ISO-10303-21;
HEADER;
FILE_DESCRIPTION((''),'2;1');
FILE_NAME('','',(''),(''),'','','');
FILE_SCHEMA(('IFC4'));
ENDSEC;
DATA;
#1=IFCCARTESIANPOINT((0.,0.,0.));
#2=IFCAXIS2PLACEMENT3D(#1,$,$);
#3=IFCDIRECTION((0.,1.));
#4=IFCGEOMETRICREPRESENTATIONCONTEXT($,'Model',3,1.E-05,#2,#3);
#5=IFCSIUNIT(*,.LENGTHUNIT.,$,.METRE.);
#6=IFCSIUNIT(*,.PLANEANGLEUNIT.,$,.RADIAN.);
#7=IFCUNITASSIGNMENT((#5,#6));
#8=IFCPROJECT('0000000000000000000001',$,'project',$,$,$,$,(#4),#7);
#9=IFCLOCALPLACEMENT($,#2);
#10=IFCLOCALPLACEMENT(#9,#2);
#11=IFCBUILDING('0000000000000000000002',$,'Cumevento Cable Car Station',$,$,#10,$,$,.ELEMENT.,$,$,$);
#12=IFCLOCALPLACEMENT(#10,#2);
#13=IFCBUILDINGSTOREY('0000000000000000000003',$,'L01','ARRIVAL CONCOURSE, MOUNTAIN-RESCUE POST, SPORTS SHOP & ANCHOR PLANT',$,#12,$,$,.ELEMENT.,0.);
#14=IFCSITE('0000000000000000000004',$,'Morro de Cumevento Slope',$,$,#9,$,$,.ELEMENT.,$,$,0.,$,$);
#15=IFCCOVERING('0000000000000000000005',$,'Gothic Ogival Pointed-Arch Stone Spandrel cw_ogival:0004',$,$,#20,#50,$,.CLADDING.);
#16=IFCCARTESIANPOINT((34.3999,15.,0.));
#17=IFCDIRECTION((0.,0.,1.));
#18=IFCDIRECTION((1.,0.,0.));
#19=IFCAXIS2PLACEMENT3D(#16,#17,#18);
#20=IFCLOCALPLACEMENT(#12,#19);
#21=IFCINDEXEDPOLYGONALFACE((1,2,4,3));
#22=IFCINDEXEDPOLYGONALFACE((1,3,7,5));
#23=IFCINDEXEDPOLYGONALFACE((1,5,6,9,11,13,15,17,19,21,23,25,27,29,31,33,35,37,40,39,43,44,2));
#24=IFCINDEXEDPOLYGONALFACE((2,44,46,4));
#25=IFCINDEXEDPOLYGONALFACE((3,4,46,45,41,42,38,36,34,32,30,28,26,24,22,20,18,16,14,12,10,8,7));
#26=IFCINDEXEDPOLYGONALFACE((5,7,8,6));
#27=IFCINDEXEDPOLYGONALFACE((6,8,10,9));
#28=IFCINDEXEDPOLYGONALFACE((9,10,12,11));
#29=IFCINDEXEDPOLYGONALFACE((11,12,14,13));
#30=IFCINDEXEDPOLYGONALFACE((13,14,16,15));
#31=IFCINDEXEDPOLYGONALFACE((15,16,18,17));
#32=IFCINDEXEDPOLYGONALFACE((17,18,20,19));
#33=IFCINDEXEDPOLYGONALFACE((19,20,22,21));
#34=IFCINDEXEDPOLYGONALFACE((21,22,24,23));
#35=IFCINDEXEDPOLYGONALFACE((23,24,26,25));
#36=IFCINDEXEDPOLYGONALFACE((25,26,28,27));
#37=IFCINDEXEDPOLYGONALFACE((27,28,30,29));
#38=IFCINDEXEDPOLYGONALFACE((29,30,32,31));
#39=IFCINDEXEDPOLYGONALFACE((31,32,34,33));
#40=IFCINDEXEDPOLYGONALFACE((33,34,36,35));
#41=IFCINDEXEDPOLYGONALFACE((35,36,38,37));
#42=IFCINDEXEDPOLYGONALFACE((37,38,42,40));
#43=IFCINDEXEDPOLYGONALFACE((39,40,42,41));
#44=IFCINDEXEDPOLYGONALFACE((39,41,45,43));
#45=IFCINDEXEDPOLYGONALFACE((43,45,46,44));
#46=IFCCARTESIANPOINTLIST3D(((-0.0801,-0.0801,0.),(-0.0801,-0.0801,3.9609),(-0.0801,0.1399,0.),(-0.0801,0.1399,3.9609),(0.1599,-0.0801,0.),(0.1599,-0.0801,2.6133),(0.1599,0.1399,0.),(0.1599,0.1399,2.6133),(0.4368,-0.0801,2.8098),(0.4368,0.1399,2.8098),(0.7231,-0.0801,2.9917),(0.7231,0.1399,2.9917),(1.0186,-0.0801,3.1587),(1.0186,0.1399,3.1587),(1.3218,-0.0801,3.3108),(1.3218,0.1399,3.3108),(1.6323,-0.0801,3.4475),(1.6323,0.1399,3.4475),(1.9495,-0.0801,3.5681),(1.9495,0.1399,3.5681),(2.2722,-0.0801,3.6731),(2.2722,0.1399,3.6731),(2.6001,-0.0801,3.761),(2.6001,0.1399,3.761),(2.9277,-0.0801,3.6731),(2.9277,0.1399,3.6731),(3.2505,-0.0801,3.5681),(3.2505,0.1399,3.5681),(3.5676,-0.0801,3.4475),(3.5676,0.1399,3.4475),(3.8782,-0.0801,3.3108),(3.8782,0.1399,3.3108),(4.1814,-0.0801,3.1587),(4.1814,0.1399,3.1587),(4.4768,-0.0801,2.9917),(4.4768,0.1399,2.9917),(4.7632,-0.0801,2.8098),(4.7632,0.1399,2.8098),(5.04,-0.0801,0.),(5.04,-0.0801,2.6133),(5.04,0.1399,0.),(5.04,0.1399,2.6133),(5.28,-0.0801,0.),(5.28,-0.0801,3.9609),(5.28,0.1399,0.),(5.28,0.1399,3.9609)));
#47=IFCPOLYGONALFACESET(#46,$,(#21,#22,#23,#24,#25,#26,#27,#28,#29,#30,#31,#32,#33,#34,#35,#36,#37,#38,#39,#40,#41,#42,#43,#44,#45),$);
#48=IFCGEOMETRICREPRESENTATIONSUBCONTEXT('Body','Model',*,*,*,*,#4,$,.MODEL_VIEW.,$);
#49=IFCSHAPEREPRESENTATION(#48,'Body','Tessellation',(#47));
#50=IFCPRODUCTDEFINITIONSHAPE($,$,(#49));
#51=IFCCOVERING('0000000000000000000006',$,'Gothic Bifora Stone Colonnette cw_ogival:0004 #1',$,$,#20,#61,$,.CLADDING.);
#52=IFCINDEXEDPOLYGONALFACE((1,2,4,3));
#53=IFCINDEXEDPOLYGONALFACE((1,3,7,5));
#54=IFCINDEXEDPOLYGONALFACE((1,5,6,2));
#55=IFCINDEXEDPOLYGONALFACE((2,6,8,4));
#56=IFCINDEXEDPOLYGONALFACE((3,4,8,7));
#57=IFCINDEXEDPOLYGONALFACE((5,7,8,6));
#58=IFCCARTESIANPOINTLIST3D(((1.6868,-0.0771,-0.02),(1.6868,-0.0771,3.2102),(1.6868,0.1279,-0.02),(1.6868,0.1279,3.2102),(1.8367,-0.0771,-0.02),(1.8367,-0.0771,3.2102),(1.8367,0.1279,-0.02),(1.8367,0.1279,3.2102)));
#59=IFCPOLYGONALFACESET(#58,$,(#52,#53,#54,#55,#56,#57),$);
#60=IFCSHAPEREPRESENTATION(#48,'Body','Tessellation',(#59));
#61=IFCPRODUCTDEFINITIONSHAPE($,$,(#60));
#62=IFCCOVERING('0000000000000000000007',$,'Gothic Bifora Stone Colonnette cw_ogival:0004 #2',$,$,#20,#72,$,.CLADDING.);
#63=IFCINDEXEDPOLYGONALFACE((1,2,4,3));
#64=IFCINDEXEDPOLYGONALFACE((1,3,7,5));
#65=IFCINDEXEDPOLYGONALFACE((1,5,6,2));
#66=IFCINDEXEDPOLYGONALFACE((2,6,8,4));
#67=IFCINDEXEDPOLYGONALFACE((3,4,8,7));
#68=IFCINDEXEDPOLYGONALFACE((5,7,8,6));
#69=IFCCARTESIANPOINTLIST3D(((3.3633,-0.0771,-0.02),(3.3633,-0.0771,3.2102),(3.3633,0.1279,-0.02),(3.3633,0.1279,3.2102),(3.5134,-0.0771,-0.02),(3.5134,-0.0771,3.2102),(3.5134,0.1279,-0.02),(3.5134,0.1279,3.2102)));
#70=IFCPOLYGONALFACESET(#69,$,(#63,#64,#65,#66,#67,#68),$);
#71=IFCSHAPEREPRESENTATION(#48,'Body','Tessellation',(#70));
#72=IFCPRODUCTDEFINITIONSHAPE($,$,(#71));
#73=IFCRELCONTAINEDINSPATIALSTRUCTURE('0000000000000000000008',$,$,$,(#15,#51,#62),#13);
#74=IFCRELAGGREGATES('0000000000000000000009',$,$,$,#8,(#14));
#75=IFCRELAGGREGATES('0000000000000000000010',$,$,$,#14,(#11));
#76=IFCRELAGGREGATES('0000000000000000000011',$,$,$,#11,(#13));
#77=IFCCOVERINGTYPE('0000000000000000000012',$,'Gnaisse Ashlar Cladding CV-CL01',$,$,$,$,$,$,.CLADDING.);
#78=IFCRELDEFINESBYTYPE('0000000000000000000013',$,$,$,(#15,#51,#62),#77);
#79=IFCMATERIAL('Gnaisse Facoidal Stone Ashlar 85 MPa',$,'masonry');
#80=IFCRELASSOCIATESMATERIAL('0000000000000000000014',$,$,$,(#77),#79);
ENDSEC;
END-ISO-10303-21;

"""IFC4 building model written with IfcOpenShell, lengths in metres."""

from ifc_helpers import new_model, si_unit, direction, frame, origin, place, context, subcontext, project, spatial, polyline, outline, extrude, material, type_object, element, save


model = new_model("IFC4")

# Units and contexts
model_context = context("Model", 3, precision=1e-05, world=origin(), true_north=direction((0.0, 1.0)))
body_context = subcontext(model_context, "Body", "Model", "MODEL_VIEW")
ifc_project = project(units=[si_unit("LENGTHUNIT", "METRE"), si_unit("PLANEANGLEUNIT", "RADIAN")], contexts=[model_context])

# Site, building, storey
site_placement = place(None, origin())
site = spatial("IfcSite", under=ifc_project, at=site_placement, Name="Morro de Cumevento Slope", CompositionType="ELEMENT", RefElevation=0.0)
building_placement = place(site_placement, origin())
building = spatial("IfcBuilding", under=site, at=building_placement, Name="Cumevento Cable Car Station", CompositionType="ELEMENT")
storey_placement = place(building_placement, origin())
storey = spatial("IfcBuildingStorey", under=building, at=storey_placement, Name="L01", Description="ARRIVAL CONCOURSE, MOUNTAIN-RESCUE POST, SPORTS SHOP & ANCHOR PLANT", CompositionType="ELEMENT", Elevation=0.0)

# Coverings
ifc_material_1 = material(Name="Gnaisse Facoidal Stone Ashlar 85 MPa", Category="masonry")
covering_type = type_object("IfcCoveringType", Name="Gnaisse Ashlar Cladding CV-CL01", PredefinedType="CLADDING", material=ifc_material_1)
placement = place(storey_placement, frame((34.3999, 15.0, 0.0), z_axis=(0.0, 0.0, 1.0), x_axis=(1.0, 0.0, 0.0)))
element("IfcCovering", 1, at=placement, inside=storey, type_object=covering_type, Name="Gothic Ogival Pointed-Arch Stone Spandrel cw_ogival:0004", PredefinedType="CLADDING", context=body_context, shape_type="SweptSolid", body=[
    extrude(outline(polyline([(-0.0801, 0.0), (-0.0801, 3.9609), (5.28, 3.9609), (5.28, 0.0), (5.04, 0.0), (5.04, 2.6133), (4.7632, 2.8098), (4.4768, 2.9917), (4.1814, 3.1587), (3.8782, 3.3108), (3.5676, 3.4475), (3.2505, 3.5681), (2.9277, 3.6731), (2.6001, 3.761), (2.2722, 3.6731), (1.9495, 3.5681), (1.6323, 3.4475), (1.3218, 3.3108), (1.0186, 3.1587), (0.7231, 2.9917), (0.4368, 2.8098), (0.1599, 2.6133), (0.1599, 0.0), (-0.0801, 0.0)])), frame((0.0, 0.1399, 0.0), z_axis=(0.0, -1.0, 0.0), x_axis=(1.0, 0.0, 0.0)), (0.0, 0.0, 1.0), 0.22),
])
element("IfcCovering", 2, at=placement, inside=storey, type_object=covering_type, Name="Gothic Bifora Stone Colonnette cw_ogival:0004 #1", PredefinedType="CLADDING", context=body_context, shape_type="SweptSolid", body=[
    extrude(outline(polyline([(1.6868, -0.02), (1.8367, -0.02), (1.8367, 3.2102), (1.6868, 3.2102), (1.6868, -0.02)])), frame((0.0, 0.1279, 0.0), z_axis=(0.0, -1.0, 0.0), x_axis=(1.0, 0.0, 0.0)), (0.0, 0.0, 1.0), 0.2051),
])
element("IfcCovering", 3, at=placement, inside=storey, type_object=covering_type, Name="Gothic Bifora Stone Colonnette cw_ogival:0004 #2", PredefinedType="CLADDING", context=body_context, shape_type="SweptSolid", body=[
    extrude(outline(polyline([(3.3633, -0.02), (3.5134, -0.02), (3.5134, 3.2102), (3.3633, 3.2102), (3.3633, -0.02)])), frame((0.0, 0.1279, 0.0), z_axis=(0.0, -1.0, 0.0), x_axis=(1.0, 0.0, 0.0)), (0.0, 0.0, 1.0), 0.2051),
])

save(model, "model.ifc")
